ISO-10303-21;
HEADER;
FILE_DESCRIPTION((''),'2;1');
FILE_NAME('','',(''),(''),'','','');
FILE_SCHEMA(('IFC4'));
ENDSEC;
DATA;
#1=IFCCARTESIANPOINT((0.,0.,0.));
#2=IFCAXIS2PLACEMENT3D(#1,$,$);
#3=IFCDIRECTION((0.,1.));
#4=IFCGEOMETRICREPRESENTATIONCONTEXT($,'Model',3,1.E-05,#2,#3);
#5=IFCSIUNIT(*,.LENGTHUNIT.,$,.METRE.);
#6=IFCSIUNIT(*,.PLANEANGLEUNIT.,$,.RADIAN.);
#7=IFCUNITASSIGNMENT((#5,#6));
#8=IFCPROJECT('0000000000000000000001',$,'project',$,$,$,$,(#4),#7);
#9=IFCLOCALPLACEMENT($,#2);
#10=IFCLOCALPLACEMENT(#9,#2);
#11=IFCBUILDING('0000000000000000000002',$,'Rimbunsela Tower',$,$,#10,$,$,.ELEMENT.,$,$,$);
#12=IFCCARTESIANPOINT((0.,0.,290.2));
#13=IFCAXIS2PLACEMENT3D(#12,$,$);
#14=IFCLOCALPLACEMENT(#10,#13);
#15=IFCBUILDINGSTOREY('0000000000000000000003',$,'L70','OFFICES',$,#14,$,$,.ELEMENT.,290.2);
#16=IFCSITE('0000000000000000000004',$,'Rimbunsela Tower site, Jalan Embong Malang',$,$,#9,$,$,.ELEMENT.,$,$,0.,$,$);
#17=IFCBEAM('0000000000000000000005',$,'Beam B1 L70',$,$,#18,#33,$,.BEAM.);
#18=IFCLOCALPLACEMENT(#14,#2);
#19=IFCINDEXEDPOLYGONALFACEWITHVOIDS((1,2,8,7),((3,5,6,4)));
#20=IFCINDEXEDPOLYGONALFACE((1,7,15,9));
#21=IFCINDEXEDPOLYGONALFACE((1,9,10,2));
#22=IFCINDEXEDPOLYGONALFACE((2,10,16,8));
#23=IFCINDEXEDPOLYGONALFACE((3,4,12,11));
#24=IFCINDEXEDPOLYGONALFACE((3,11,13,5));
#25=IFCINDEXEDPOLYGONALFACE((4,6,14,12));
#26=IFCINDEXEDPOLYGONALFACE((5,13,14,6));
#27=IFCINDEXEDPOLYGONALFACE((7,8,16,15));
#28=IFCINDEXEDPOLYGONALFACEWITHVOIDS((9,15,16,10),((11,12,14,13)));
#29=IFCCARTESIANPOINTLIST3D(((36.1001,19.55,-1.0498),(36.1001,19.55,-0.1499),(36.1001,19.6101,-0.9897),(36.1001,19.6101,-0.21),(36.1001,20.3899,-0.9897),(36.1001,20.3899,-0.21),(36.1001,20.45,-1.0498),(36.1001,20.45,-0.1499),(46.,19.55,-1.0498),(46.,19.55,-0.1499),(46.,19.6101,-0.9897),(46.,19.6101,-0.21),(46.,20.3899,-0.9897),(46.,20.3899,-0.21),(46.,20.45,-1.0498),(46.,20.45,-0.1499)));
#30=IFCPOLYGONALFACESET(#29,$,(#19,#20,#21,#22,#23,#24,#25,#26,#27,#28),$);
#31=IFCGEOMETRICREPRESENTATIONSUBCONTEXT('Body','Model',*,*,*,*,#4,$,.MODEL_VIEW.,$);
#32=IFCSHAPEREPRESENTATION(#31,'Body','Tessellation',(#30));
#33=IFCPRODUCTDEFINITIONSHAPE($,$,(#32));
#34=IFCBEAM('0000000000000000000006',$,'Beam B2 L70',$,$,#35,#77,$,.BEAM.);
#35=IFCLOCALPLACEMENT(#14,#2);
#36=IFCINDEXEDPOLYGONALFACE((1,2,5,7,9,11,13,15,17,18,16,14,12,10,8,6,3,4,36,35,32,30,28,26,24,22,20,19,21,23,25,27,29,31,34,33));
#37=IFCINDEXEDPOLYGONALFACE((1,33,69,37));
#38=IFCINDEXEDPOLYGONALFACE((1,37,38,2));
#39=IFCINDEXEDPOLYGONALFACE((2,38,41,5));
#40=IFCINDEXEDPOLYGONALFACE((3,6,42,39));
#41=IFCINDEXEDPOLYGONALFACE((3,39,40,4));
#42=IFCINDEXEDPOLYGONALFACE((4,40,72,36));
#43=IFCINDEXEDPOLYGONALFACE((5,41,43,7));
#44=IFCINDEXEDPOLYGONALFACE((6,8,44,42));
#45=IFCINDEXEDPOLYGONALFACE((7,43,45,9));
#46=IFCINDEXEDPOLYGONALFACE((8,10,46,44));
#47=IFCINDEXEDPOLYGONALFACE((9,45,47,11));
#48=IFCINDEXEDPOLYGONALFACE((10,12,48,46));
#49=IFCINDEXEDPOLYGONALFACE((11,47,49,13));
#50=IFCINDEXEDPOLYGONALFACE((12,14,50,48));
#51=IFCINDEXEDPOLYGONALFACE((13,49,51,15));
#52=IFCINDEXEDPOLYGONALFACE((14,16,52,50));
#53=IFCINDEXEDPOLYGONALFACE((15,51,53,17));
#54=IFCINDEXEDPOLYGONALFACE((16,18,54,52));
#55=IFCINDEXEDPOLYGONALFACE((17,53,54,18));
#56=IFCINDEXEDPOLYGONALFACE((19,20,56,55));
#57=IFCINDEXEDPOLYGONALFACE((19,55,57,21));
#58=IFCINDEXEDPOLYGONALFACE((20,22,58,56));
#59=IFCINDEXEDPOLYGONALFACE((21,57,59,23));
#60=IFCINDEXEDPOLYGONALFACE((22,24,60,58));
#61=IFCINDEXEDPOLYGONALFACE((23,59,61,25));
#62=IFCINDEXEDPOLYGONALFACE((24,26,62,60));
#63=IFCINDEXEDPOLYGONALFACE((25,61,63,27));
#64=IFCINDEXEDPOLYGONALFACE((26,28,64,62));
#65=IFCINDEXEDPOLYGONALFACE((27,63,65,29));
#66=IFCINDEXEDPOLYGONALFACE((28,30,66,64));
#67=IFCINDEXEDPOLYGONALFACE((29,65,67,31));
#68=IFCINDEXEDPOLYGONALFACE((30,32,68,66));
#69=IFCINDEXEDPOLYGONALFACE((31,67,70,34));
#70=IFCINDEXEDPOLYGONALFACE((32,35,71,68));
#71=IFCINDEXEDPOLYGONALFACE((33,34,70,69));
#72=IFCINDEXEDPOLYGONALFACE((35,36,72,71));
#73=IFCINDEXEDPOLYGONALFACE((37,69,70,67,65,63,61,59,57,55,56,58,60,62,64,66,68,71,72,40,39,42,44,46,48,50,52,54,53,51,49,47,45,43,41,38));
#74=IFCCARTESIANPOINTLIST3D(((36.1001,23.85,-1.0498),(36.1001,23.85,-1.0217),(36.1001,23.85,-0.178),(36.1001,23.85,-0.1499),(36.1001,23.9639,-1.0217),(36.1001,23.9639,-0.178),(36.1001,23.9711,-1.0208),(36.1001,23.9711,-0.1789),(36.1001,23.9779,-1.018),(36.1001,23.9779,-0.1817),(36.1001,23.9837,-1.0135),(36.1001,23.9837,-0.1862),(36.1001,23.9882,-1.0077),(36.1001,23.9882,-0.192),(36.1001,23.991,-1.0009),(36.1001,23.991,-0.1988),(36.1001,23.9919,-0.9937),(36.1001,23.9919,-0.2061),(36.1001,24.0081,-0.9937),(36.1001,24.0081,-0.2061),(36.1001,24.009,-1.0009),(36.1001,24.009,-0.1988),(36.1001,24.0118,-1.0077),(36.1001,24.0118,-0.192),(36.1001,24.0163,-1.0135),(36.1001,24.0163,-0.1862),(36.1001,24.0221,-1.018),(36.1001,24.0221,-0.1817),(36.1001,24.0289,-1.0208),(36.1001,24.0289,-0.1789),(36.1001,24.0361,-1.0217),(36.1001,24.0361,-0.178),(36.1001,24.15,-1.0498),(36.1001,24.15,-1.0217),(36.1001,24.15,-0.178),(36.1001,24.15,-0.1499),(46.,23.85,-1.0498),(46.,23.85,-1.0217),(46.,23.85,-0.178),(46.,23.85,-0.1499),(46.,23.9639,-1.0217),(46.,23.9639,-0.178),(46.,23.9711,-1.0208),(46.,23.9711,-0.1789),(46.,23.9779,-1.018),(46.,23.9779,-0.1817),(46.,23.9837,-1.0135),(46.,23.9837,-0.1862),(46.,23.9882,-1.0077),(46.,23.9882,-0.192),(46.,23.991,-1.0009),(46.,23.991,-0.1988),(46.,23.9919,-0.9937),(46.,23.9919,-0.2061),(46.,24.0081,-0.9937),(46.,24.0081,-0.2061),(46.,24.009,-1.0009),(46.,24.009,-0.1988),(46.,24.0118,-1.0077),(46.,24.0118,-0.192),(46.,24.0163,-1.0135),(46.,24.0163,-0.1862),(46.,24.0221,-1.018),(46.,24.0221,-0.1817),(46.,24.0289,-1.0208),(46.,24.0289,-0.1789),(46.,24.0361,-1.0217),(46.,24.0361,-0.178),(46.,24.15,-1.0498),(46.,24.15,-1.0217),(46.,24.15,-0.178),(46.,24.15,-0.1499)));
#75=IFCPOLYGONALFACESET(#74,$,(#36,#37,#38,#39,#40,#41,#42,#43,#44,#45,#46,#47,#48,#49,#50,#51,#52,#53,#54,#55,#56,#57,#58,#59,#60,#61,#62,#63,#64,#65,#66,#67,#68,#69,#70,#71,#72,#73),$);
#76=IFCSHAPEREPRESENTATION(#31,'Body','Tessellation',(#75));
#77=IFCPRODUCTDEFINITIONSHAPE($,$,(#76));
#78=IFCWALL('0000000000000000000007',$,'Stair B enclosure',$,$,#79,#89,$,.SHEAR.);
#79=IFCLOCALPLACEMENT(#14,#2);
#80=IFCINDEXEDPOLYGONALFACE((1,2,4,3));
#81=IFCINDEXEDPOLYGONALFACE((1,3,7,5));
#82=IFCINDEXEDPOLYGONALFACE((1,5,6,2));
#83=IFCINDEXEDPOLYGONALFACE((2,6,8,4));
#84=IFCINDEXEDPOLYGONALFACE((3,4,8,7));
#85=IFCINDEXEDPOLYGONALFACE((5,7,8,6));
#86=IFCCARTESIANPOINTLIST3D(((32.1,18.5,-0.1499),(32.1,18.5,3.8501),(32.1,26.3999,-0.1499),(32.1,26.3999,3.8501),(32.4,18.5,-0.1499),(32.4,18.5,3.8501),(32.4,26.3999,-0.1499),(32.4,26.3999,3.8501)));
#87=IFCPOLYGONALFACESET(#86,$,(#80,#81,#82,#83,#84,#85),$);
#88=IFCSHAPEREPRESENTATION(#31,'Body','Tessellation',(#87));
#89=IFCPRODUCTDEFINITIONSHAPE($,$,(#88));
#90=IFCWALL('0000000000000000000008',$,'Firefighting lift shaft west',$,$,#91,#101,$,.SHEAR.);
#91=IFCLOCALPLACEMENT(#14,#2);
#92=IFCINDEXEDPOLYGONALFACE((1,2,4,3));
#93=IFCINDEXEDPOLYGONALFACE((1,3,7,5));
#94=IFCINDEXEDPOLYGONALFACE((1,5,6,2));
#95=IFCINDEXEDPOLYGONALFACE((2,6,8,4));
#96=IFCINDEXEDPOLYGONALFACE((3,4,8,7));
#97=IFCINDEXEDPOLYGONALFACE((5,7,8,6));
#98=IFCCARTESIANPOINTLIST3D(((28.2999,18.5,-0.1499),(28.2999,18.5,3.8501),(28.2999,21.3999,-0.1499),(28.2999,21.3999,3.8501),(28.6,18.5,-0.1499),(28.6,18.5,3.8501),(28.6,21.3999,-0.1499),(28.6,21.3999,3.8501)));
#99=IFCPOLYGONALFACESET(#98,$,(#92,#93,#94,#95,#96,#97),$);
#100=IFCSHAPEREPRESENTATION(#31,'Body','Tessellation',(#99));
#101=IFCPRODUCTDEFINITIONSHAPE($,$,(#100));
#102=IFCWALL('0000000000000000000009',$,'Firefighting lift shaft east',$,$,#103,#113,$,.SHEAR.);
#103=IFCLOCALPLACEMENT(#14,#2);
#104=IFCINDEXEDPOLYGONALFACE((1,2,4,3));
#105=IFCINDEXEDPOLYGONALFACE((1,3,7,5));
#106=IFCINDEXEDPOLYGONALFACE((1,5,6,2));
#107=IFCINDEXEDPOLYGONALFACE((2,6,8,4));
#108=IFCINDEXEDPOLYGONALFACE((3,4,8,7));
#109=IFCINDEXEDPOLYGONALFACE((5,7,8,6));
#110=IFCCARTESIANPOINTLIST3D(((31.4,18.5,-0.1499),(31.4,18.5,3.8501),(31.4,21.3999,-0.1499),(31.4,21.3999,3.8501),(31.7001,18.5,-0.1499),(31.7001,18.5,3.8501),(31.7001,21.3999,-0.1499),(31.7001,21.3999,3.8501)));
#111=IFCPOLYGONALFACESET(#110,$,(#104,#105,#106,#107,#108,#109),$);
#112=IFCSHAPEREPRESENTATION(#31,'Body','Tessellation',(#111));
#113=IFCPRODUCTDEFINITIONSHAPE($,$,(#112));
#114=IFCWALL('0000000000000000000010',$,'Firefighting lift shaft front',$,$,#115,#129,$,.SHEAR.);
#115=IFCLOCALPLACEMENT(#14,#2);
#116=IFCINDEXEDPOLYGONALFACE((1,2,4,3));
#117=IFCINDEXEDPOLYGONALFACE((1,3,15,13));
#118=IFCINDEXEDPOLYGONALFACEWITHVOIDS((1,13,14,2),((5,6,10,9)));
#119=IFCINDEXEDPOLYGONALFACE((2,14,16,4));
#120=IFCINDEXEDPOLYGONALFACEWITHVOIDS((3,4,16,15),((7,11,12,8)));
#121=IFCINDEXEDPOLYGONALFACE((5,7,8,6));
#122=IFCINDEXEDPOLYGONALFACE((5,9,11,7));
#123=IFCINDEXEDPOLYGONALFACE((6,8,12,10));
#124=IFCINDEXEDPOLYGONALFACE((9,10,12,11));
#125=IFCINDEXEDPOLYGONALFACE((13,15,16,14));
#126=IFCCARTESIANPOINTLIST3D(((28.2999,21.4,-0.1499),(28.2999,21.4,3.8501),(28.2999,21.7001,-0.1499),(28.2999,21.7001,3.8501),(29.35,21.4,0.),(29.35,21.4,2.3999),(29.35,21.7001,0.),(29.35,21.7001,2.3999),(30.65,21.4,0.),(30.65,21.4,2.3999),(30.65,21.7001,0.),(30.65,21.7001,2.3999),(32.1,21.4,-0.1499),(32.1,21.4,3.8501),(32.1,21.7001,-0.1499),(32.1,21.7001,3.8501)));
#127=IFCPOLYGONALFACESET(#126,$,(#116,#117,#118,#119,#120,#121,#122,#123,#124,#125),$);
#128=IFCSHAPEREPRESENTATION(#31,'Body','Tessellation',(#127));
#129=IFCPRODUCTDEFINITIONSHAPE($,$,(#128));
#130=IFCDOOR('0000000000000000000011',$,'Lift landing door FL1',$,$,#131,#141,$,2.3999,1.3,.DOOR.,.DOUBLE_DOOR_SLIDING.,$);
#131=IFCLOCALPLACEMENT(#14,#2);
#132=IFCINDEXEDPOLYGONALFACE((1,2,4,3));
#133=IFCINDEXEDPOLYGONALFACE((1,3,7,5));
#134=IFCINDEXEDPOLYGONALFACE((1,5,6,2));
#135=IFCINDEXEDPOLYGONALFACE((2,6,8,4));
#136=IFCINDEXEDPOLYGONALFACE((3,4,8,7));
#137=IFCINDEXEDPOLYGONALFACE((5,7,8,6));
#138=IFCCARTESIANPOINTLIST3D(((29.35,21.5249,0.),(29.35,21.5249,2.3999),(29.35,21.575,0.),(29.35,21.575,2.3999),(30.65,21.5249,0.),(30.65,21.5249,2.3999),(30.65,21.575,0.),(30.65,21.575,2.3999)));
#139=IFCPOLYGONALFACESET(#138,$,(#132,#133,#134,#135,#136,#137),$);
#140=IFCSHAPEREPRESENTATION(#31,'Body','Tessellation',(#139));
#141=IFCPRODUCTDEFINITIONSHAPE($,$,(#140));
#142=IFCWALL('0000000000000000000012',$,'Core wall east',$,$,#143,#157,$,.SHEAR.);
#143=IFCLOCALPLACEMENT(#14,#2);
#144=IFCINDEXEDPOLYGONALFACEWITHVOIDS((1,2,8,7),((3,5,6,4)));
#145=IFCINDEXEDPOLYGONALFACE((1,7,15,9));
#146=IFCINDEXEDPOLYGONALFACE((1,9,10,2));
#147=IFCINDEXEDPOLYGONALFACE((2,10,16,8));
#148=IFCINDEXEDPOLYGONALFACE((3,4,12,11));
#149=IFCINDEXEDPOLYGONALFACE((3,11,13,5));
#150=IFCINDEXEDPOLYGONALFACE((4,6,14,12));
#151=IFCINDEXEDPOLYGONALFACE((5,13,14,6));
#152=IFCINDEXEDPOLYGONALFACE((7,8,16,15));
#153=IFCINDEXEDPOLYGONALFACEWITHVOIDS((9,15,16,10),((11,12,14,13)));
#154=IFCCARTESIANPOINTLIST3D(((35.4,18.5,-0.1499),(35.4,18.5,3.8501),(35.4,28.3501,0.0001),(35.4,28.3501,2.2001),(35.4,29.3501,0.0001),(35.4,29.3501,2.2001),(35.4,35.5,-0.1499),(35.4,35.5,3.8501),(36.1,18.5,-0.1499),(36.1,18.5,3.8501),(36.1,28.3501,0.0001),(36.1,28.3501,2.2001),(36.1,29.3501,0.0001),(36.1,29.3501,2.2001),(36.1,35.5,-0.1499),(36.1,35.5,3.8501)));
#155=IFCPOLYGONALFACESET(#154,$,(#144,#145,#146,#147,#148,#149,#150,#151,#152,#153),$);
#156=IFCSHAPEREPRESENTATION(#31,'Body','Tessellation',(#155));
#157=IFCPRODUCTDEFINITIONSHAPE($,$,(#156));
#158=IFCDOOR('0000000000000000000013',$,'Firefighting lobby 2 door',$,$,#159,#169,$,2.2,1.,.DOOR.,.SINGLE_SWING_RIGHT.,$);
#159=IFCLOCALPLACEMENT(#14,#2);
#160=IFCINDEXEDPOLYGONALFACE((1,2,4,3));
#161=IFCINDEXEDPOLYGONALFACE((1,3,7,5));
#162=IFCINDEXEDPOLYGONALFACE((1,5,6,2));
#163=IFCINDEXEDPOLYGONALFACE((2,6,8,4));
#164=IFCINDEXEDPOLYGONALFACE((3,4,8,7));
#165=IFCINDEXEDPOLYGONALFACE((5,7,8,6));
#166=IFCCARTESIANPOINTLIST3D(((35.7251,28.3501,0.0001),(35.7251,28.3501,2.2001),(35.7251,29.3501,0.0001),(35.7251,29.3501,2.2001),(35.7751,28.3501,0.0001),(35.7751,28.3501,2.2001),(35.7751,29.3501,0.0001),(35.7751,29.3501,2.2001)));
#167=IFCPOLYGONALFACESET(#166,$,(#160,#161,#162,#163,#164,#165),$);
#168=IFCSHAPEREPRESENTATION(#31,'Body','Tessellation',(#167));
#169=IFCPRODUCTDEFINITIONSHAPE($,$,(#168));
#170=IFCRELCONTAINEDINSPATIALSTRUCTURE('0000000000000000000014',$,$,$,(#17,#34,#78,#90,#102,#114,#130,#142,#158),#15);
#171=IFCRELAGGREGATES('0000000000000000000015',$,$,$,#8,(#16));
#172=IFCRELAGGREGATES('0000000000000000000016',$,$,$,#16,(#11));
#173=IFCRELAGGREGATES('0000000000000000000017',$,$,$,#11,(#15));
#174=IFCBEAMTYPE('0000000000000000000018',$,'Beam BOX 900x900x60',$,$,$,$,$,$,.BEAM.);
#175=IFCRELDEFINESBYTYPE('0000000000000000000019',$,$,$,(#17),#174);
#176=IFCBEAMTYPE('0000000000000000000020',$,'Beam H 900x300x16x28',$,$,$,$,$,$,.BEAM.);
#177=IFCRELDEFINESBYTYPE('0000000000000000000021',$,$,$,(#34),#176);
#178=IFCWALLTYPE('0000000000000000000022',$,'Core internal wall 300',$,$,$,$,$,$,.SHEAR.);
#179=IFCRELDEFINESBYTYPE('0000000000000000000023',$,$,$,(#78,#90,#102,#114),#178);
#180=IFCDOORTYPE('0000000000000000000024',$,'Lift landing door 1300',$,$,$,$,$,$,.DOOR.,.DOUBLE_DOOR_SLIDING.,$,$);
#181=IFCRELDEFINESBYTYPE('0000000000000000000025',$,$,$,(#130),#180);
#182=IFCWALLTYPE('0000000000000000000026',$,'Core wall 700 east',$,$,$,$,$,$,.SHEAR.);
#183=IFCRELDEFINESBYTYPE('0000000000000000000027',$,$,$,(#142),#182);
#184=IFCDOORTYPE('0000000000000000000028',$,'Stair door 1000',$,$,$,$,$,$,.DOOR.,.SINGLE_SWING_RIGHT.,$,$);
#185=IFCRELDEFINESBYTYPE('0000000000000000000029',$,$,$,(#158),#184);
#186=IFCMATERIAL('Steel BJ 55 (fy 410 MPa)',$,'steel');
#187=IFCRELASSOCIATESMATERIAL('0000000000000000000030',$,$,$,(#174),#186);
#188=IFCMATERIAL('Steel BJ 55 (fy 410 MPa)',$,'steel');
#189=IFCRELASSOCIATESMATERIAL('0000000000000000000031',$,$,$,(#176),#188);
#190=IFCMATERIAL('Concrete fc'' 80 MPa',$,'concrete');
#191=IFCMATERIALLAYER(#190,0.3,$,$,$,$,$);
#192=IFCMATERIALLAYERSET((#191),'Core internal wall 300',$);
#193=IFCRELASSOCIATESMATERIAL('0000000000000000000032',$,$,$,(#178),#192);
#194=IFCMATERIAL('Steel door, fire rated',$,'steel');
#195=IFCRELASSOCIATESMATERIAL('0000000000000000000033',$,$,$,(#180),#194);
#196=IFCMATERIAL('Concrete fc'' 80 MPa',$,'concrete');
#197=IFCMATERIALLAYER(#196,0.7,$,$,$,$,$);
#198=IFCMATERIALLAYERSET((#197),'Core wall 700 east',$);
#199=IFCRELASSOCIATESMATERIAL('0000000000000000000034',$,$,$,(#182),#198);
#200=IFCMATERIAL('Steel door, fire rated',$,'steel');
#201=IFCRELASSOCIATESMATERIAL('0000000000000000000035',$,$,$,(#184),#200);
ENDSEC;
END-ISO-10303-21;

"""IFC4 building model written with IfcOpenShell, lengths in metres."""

from ifc_helpers import new_model, si_unit, direction, frame, frame_2d, origin, origin_2d, place, context, subcontext, project, spatial, rectangle, hollow_rectangle, i_section, extrude, material, layer, layer_set, material_profile, profile_set, type_object, element, fill, save


model = new_model("IFC4")

# Units and contexts
model_context = context("Model", 3, precision=1e-05, world=origin(), true_north=direction((0.0, 1.0)))
body_context = subcontext(model_context, "Body", "Model", "MODEL_VIEW")
ifc_project = project(units=[si_unit("LENGTHUNIT", "METRE"), si_unit("PLANEANGLEUNIT", "RADIAN")], contexts=[model_context])

# Site, building, storey
site_placement = place(None, origin())
site = spatial("IfcSite", under=ifc_project, at=site_placement, Name="Rimbunsela Tower site, Jalan Embong Malang", CompositionType="ELEMENT", RefElevation=0.0)
building_placement = place(site_placement, origin())
building = spatial("IfcBuilding", under=site, at=building_placement, Name="Rimbunsela Tower", CompositionType="ELEMENT")
storey_placement = place(building_placement, frame((0.0, 0.0, 290.2)))
storey = spatial("IfcBuildingStorey", under=building, at=storey_placement, Name="L70", Description="OFFICES", CompositionType="ELEMENT", Elevation=290.2)

# Beams
ifc_material_1 = material(Name="Steel BJ 55 (fy 410 MPa)", Category="steel")
ifc_material_profile_1 = material_profile(ifc_material_1, hollow_rectangle(XDim=0.8999, YDim=0.8999, WallThickness=0.0601, at=origin_2d()), Name="BOX 900x900x60")
ifc_profile_set_1 = profile_set([ifc_material_profile_1], Name="Steel BJ 55 (fy 410 MPa)")
beam_type_1 = type_object("IfcBeamType", Name="Beam BOX 900x900x60", PredefinedType="BEAM", material=ifc_profile_set_1)
beam_1_placement = place(storey_placement, frame((36.1001, 20.0, -0.5999), z_axis=(1.0, 0.0, 0.0), x_axis=(0.0, 1.0, 0.0)))
element("IfcBeam", 1, at=beam_1_placement, inside=storey, type_object=beam_type_1, Name="Beam B1 L70", PredefinedType="BEAM", context=body_context, shape_type="SweptSolid", body=[
    extrude(hollow_rectangle(XDim=0.8999, YDim=0.8999, WallThickness=0.0601, at=origin_2d()), origin(), (0.0, 0.0, 1.0), 9.8999),
])
ifc_material_2 = material(Name="Steel BJ 55 (fy 410 MPa)", Category="steel")
ifc_material_profile_2 = material_profile(ifc_material_2, i_section(OverallWidth=0.3, OverallDepth=0.8999, WebThickness=0.0161, FlangeThickness=0.0281, FilletRadius=0.0281, at=origin_2d()), Name="H 900x300x16x28")
ifc_profile_set_2 = profile_set([ifc_material_profile_2], Name="Steel BJ 55 (fy 410 MPa)")
beam_type_2 = type_object("IfcBeamType", Name="Beam H 900x300x16x28", PredefinedType="BEAM", material=ifc_profile_set_2)
beam_2_placement = place(storey_placement, frame((36.1001, 24.0, -0.5999), z_axis=(1.0, 0.0, 0.0), x_axis=(0.0, 1.0, 0.0)))
element("IfcBeam", 2, at=beam_2_placement, inside=storey, type_object=beam_type_2, Name="Beam B2 L70", PredefinedType="BEAM", context=body_context, shape_type="SweptSolid", body=[
    extrude(i_section(OverallWidth=0.3, OverallDepth=0.8999, WebThickness=0.0161, FlangeThickness=0.0281, FilletRadius=0.0281, at=origin_2d()), origin(), (0.0, 0.0, 1.0), 9.8999),
])

# Walls
ifc_material_3 = material(Name="Concrete fc' 80 MPa", Category="concrete")
ifc_layer_1 = layer(ifc_material_3, 0.3)
ifc_layer_set_1 = layer_set([ifc_layer_1], Name="Core internal wall 300")
wall_type_1 = type_object("IfcWallType", Name="Core internal wall 300", PredefinedType="SHEAR", material=ifc_layer_set_1)
wall_1_placement = place(storey_placement, frame((32.25, 18.5, -0.1499), z_axis=(0.0, 0.0, 1.0), x_axis=(0.0, 1.0, 0.0)))
element("IfcWall", 3, at=wall_1_placement, inside=storey, type_object=wall_type_1, Name="Stair B enclosure", PredefinedType="SHEAR", context=body_context, shape_type="SweptSolid", body=[
    extrude(rectangle(XDim=7.8999, YDim=0.3, at=frame_2d((3.95, 0.0))), origin(), (0.0, 0.0, 1.0), 4.0),
])
for number, where, z_axis, x_axis, name in (
    (4, (28.45, 18.5, -0.1499), (0.0, 0.0, 1.0), (0.0, 1.0, 0.0), "Firefighting lift shaft west"),
    (5, (31.55, 18.5, -0.1499), (0.0, 0.0, 1.0), (0.0, 1.0, 0.0), "Firefighting lift shaft east"),
):
    element("IfcWall", number, at=place(storey_placement, frame(where, z_axis=z_axis, x_axis=x_axis)), inside=storey, type_object=wall_type_1, Name=name, PredefinedType="SHEAR", context=body_context, shape_type="SweptSolid", body=[
        extrude(rectangle(XDim=2.8999, YDim=0.3, at=frame_2d((1.45, 0.0))), origin(), (0.0, 0.0, 1.0), 4.0),
    ])

# Walls, openings, doors
wall_2_placement = place(storey_placement, frame((28.3, 21.55, -0.1499), z_axis=(0.0, 0.0, 1.0), x_axis=(1.0, 0.0, 0.0)))
wall_2 = element("IfcWall", 6, at=wall_2_placement, inside=storey, type_object=wall_type_1, Name="Firefighting lift shaft front", PredefinedType="SHEAR", context=body_context, shape_type="SweptSolid", body=[
    extrude(rectangle(XDim=3.8, YDim=0.3, at=frame_2d((1.8999, 0.0))), origin(), (0.0, 0.0, 1.0), 4.0),
])
opening_1_placement = place(wall_2_placement, frame((1.05, 0.0, 0.1499)))
opening_1 = element("IfcOpeningElement", 7, at=opening_1_placement, cuts=wall_2, PredefinedType="OPENING", context=body_context, shape_type="SweptSolid", body=[
    extrude(rectangle(XDim=1.3, YDim=2.3999, at=frame_2d((0.6499, 1.2))), frame((0.0, 0.1599, 0.0), z_axis=(0.0, -1.0, 0.0), x_axis=(1.0, 0.0, 0.0)), (0.0, 0.0, 1.0), 0.3201),
])
ifc_material_4 = material(Name="Steel door, fire rated", Category="steel")
door_type_1 = type_object("IfcDoorType", Name="Lift landing door 1300", OperationType="DOUBLE_DOOR_SLIDING", PredefinedType="DOOR", material=ifc_material_4)
door_1_placement = place(opening_1_placement, origin())
door_1 = element("IfcDoor", 8, at=door_1_placement, inside=storey, type_object=door_type_1, Name="Lift landing door FL1", OperationType="DOUBLE_DOOR_SLIDING", OverallHeight=2.3999, OverallWidth=1.3, PredefinedType="DOOR", context=body_context, shape_type="SweptSolid", body=[
    extrude(rectangle(XDim=1.3, YDim=2.3999, at=frame_2d((0.6499, 1.2))), frame((0.0, 0.0249, 0.0), z_axis=(0.0, -1.0, 0.0), x_axis=(1.0, 0.0, 0.0)), (0.0, 0.0, 1.0), 0.05),
])
fill(opening_1, door_1)
ifc_material_5 = material(Name="Concrete fc' 80 MPa", Category="concrete")
ifc_layer_2 = layer(ifc_material_5, 0.7)
ifc_layer_set_2 = layer_set([ifc_layer_2], Name="Core wall 700 east")
wall_type_2 = type_object("IfcWallType", Name="Core wall 700 east", PredefinedType="SHEAR", material=ifc_layer_set_2)
wall_3_placement = place(storey_placement, frame((35.75, 18.5, -0.1499), z_axis=(0.0, 0.0, 1.0), x_axis=(0.0, 1.0, 0.0)))
wall_3 = element("IfcWall", 9, at=wall_3_placement, inside=storey, type_object=wall_type_2, Name="Core wall east", PredefinedType="SHEAR", context=body_context, shape_type="SweptSolid", body=[
    extrude(rectangle(XDim=17.0, YDim=0.7, at=frame_2d((8.5, 0.0))), origin(), (0.0, 0.0, 1.0), 4.0),
])
opening_2_placement = place(wall_3_placement, frame((9.8501, 0.0, 0.1499)))
opening_2 = element("IfcOpeningElement", 10, at=opening_2_placement, cuts=wall_3, PredefinedType="OPENING", context=body_context, shape_type="SweptSolid", body=[
    extrude(rectangle(XDim=1.0, YDim=2.2, at=frame_2d((0.5, 1.1001))), frame((0.0, 0.3599, 0.0), z_axis=(0.0, -1.0, 0.0), x_axis=(1.0, 0.0, 0.0)), (0.0, 0.0, 1.0), 0.72),
])
ifc_material_6 = material(Name="Steel door, fire rated", Category="steel")
door_type_2 = type_object("IfcDoorType", Name="Stair door 1000", OperationType="SINGLE_SWING_RIGHT", PredefinedType="DOOR", material=ifc_material_6)
door_2_placement = place(opening_2_placement, origin())
door_2 = element("IfcDoor", 11, at=door_2_placement, inside=storey, type_object=door_type_2, Name="Firefighting lobby 2 door", OperationType="SINGLE_SWING_RIGHT", OverallHeight=2.2, OverallWidth=1.0, PredefinedType="DOOR", context=body_context, shape_type="SweptSolid", body=[
    extrude(rectangle(XDim=1.0, YDim=2.2, at=frame_2d((0.5, 1.1001))), frame((0.0, 0.0249, 0.0), z_axis=(0.0, -1.0, 0.0), x_axis=(1.0, 0.0, 0.0)), (0.0, 0.0, 1.0), 0.05),
])
fill(opening_2, door_2)

save(model, "model.ifc")
